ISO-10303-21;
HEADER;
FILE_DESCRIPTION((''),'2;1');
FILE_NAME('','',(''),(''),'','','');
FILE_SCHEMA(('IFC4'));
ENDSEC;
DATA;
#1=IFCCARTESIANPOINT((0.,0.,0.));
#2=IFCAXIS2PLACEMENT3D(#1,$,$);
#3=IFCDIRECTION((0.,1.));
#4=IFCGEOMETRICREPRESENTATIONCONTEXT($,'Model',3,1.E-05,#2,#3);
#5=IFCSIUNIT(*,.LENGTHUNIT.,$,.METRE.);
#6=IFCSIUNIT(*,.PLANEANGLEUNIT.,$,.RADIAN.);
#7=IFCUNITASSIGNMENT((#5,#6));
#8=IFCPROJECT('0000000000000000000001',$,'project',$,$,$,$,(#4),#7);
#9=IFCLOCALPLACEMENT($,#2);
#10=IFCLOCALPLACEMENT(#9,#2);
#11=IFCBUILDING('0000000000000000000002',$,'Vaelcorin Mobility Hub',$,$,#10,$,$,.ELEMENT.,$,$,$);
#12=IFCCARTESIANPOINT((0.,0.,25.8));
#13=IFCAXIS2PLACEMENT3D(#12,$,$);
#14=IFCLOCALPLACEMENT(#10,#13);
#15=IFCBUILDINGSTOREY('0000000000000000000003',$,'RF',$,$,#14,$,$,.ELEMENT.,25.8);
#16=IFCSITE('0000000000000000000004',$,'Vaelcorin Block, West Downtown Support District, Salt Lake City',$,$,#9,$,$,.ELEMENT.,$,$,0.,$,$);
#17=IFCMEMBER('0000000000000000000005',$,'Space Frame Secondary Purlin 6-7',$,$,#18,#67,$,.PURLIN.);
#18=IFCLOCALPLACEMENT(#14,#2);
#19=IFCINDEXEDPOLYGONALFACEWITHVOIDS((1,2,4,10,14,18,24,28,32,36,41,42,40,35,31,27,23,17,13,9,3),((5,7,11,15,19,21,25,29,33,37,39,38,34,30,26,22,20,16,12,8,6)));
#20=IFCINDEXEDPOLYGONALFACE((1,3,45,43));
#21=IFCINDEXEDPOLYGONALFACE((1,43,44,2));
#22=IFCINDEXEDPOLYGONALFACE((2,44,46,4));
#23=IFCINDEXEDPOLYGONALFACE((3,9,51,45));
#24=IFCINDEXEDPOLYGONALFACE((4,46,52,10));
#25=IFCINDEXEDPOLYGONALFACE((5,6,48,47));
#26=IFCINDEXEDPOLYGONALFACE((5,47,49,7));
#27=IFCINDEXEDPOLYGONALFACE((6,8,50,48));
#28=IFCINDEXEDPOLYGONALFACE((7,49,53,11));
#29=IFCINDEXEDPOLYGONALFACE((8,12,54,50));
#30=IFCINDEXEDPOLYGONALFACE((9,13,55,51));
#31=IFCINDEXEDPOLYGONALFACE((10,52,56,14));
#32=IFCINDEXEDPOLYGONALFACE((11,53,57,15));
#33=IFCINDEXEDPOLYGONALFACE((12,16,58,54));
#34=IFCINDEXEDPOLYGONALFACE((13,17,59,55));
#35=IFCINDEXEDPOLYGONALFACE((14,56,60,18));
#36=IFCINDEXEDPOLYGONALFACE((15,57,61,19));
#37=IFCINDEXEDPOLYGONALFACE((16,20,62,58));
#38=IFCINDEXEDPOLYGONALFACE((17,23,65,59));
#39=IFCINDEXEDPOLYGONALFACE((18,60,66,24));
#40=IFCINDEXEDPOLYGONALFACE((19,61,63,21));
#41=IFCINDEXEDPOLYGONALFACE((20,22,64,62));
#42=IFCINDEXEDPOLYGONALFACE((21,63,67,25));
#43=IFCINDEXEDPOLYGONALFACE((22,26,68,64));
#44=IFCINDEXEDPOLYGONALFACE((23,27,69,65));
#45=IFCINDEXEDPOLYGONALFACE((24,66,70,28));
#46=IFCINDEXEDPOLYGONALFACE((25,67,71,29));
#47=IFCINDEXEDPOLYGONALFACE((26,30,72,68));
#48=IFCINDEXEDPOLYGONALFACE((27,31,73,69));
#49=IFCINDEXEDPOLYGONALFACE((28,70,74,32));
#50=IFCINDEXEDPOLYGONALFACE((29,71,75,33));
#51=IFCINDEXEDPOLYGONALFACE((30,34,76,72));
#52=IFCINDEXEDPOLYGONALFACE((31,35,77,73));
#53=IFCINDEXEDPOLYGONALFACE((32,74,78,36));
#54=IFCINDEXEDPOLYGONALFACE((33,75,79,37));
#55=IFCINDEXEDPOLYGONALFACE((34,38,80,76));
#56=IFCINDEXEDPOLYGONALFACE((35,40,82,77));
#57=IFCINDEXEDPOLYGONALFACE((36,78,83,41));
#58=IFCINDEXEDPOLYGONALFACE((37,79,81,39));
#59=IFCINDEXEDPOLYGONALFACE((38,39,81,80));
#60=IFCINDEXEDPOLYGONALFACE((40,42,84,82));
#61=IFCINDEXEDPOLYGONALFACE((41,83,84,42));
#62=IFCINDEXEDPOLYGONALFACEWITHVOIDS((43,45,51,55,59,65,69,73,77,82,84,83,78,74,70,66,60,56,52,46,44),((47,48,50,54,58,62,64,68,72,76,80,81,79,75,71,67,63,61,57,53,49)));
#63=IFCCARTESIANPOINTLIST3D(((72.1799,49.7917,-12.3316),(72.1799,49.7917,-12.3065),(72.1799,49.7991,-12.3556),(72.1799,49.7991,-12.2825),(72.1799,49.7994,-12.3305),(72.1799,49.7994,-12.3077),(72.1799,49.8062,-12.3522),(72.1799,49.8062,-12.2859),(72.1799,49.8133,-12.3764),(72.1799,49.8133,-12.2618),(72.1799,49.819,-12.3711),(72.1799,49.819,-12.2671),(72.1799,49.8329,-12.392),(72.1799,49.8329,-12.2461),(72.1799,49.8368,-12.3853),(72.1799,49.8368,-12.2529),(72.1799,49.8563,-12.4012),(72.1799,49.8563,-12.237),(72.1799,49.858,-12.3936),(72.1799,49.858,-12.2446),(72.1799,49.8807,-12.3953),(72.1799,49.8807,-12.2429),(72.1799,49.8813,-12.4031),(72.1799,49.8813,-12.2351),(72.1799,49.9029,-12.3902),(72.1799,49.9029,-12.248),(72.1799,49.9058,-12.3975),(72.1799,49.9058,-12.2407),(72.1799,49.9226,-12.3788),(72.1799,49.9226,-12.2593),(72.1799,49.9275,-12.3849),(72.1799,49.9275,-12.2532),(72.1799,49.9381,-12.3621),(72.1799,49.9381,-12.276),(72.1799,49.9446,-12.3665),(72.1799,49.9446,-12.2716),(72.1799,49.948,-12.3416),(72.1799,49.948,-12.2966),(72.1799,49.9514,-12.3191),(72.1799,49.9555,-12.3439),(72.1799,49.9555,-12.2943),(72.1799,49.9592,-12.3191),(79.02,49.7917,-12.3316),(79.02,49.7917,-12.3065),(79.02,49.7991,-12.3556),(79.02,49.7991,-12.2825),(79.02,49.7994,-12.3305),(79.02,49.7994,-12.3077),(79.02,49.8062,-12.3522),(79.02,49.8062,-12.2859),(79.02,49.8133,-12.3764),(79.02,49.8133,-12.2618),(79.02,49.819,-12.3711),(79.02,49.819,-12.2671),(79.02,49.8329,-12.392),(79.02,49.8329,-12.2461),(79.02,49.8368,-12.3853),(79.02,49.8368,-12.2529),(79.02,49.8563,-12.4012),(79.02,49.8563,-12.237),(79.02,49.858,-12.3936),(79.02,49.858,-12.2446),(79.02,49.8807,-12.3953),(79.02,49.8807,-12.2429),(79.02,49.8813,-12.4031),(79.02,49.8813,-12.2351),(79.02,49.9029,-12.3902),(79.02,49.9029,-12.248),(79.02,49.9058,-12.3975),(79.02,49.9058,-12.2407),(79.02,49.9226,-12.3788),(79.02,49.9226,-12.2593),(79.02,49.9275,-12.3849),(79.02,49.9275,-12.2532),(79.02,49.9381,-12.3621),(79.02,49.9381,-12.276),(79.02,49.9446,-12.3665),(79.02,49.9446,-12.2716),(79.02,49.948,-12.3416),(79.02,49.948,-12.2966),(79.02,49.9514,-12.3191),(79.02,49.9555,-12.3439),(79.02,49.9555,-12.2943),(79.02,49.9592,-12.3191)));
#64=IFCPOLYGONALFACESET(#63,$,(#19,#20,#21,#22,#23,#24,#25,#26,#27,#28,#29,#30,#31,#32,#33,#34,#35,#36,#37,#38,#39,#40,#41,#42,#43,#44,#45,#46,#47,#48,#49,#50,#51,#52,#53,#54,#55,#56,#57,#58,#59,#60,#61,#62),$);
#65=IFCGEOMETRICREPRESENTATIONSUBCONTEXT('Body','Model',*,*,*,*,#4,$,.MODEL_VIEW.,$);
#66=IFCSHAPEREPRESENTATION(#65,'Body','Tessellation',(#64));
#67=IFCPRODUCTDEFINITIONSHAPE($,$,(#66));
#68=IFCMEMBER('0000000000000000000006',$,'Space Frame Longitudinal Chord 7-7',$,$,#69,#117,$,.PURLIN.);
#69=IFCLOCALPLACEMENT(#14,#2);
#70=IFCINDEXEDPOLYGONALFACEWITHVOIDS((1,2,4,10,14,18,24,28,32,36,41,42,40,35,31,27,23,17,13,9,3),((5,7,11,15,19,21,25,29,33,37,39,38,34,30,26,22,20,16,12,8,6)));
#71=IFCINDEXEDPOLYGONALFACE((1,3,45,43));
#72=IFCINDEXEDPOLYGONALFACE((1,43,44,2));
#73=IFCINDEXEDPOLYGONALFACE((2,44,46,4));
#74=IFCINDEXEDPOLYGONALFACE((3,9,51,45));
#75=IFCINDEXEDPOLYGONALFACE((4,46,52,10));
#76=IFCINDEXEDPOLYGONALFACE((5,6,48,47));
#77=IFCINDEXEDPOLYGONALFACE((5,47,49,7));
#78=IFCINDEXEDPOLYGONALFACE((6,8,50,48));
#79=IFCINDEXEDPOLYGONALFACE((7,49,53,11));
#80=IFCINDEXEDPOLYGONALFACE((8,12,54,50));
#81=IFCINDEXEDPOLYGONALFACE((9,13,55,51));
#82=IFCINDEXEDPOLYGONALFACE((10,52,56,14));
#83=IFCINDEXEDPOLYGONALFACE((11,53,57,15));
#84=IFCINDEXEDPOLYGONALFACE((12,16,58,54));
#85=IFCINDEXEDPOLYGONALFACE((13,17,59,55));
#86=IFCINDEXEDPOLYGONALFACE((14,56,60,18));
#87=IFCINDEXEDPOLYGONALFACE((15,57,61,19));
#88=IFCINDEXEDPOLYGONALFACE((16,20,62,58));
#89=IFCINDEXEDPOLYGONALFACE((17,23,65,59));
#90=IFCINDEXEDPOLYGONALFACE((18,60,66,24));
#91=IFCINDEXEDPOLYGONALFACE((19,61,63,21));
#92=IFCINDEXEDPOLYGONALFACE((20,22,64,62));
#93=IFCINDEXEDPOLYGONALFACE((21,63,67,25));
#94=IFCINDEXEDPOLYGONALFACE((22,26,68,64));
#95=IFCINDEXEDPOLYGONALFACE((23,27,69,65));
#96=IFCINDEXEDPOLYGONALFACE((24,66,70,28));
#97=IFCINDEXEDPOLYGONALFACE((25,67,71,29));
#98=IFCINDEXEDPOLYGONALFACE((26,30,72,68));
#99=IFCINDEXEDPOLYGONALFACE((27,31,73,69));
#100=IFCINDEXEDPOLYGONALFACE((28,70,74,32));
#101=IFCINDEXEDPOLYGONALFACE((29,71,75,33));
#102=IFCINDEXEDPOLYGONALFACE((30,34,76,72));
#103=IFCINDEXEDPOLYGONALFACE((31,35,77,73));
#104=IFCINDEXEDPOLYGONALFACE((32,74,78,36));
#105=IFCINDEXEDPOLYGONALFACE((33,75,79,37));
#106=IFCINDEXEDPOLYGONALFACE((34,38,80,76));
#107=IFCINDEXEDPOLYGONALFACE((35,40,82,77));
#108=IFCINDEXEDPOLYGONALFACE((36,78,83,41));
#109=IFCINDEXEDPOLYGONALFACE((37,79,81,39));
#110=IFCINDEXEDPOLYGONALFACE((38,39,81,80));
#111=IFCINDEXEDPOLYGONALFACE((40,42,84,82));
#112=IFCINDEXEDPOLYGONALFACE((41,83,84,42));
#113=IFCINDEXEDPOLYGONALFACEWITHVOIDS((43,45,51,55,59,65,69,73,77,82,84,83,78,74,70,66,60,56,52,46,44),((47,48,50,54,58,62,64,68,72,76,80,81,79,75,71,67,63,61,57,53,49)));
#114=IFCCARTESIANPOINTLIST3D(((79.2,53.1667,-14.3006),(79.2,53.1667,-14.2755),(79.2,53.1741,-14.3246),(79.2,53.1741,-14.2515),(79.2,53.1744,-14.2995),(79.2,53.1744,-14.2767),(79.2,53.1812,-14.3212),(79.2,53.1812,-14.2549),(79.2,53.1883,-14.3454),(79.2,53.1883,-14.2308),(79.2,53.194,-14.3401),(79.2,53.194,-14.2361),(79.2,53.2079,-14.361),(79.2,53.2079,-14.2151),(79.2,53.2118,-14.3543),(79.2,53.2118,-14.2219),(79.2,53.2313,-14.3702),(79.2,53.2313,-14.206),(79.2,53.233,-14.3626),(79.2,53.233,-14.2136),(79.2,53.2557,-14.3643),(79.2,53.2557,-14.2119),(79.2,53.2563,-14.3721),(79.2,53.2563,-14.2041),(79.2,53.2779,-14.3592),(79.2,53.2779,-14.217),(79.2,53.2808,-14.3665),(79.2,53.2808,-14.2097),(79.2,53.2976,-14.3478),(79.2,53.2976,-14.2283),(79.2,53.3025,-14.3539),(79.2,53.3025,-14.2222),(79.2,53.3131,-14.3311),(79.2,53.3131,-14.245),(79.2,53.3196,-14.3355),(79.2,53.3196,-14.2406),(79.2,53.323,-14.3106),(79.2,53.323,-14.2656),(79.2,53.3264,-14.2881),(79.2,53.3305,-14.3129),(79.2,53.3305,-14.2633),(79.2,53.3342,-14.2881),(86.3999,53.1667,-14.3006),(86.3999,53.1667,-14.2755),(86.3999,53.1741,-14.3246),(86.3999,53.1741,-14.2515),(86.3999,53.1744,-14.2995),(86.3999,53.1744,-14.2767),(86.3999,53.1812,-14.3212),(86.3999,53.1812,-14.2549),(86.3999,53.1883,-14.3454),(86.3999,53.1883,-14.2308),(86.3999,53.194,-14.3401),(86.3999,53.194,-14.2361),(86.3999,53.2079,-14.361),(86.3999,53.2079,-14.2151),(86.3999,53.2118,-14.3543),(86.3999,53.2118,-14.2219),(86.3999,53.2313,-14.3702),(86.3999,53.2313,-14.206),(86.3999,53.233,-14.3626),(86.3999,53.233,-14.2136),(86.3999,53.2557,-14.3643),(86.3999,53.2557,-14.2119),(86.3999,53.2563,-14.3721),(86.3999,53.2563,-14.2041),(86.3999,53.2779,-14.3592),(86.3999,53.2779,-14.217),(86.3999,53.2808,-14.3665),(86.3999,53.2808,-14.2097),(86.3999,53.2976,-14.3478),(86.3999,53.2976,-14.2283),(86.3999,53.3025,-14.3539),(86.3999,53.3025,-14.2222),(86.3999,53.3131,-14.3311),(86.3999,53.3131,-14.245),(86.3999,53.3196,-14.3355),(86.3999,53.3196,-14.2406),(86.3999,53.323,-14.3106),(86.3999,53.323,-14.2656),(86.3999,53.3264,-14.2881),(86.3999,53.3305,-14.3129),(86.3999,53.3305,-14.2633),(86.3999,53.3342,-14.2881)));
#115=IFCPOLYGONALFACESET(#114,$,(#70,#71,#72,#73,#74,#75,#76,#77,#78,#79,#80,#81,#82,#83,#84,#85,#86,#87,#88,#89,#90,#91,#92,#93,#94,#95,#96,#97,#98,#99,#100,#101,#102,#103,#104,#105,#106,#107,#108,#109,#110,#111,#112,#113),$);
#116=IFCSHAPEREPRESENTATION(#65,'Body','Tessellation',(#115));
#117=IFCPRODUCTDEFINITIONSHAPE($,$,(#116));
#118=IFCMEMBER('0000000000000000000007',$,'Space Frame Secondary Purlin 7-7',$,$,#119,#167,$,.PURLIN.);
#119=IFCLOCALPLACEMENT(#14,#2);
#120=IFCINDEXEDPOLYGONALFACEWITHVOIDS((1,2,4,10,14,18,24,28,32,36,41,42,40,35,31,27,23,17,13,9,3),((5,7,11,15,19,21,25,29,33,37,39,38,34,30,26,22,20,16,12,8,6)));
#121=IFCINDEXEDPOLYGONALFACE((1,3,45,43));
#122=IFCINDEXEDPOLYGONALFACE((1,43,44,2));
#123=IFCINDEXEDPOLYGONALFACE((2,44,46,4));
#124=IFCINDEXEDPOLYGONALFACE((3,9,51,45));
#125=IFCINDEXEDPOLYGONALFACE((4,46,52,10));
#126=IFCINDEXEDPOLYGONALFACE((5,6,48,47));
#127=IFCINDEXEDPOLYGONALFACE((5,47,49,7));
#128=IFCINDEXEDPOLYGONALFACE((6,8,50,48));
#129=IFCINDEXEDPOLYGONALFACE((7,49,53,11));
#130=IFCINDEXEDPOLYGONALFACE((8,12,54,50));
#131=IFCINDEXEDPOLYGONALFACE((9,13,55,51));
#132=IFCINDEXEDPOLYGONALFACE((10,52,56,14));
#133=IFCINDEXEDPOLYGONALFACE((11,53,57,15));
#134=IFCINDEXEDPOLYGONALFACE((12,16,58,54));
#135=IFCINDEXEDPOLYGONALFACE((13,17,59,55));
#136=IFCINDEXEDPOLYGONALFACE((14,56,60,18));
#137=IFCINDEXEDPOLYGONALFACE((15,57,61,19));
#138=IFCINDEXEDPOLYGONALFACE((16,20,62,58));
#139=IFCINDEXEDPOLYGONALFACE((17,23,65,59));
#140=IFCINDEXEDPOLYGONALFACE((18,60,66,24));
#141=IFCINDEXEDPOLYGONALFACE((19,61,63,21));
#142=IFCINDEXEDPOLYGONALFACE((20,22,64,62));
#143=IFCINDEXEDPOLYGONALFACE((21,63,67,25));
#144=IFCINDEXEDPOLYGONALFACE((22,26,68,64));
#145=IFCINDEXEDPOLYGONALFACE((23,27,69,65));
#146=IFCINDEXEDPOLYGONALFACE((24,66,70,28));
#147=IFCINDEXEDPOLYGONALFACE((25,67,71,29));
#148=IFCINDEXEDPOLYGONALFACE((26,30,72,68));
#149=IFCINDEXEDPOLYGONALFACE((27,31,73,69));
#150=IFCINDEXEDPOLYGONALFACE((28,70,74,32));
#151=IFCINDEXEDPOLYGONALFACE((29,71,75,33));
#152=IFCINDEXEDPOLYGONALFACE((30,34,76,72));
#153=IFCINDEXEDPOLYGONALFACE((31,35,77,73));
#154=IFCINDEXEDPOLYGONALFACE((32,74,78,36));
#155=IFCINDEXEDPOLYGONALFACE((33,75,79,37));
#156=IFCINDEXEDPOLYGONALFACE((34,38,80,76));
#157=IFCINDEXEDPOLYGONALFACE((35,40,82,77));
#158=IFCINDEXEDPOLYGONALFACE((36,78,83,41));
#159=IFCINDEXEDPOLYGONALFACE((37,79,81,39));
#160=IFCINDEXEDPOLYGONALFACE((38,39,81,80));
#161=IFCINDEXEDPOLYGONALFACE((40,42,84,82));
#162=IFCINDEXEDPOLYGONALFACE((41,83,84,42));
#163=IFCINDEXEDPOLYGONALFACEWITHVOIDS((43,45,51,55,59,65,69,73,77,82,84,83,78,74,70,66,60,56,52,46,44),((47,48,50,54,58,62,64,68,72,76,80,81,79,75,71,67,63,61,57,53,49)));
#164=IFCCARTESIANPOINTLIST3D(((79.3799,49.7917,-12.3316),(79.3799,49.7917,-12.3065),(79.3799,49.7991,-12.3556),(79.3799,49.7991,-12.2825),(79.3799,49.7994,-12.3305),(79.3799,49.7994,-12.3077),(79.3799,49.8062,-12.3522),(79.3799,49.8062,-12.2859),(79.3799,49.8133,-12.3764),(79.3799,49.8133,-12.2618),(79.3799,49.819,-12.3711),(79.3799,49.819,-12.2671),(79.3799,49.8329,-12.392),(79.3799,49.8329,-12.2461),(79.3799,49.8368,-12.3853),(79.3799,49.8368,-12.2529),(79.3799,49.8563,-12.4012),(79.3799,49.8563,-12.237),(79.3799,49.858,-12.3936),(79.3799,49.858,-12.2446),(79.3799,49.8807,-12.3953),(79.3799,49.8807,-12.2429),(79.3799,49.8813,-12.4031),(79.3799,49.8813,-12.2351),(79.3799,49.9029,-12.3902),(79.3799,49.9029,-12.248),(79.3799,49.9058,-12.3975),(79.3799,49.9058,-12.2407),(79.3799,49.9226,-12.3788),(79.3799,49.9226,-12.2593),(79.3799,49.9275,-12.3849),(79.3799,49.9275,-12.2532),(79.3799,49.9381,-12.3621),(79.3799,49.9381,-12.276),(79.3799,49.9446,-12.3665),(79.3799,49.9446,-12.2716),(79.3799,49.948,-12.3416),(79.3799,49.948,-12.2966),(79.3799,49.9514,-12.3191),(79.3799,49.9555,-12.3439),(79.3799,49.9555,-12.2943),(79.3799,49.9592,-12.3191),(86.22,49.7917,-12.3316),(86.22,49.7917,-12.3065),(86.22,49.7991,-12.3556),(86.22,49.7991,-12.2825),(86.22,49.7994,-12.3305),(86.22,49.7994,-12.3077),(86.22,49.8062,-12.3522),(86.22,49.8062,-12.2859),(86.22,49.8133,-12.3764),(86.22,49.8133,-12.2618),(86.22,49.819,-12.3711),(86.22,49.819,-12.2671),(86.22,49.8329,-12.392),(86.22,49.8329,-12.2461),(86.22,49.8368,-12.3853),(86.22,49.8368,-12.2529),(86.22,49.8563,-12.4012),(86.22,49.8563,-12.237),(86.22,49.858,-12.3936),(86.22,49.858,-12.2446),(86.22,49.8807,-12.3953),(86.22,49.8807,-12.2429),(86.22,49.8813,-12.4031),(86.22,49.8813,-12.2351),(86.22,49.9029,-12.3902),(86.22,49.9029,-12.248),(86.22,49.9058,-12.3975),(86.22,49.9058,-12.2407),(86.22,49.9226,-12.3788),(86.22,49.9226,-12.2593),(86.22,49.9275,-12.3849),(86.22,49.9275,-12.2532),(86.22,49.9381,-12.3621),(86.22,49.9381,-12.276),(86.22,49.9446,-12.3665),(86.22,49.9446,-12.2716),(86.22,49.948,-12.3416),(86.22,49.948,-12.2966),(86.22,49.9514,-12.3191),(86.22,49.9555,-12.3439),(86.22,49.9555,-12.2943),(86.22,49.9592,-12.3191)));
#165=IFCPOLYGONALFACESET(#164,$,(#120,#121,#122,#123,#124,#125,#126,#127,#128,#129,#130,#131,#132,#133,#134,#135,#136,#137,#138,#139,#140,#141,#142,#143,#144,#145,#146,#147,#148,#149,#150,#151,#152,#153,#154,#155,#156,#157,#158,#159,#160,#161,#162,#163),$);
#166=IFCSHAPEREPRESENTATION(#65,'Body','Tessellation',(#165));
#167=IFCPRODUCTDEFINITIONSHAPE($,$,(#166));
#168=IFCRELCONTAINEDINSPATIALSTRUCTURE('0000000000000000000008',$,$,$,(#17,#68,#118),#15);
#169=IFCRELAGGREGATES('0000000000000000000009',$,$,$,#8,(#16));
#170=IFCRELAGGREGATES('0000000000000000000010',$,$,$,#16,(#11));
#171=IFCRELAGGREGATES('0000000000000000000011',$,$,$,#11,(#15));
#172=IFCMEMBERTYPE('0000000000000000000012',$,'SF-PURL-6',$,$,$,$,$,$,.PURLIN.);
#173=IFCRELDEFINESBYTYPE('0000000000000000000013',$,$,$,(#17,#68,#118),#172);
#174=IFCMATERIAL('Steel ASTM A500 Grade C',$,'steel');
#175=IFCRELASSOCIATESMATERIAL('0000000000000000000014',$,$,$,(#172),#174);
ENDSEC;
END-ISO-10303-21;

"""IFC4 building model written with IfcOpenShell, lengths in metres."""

from ifc_helpers import new_model, si_unit, direction, frame, origin, origin_2d, place, context, subcontext, project, spatial, hollow_circle, extrude, material, material_profile, profile_set, type_object, element, save


model = new_model("IFC4")

# Units and contexts
model_context = context("Model", 3, precision=1e-05, world=origin(), true_north=direction((0.0, 1.0)))
body_context = subcontext(model_context, "Body", "Model", "MODEL_VIEW")
ifc_project = project(units=[si_unit("LENGTHUNIT", "METRE"), si_unit("PLANEANGLEUNIT", "RADIAN")], contexts=[model_context])

# Site, building, storey
site_placement = place(None, origin())
site = spatial("IfcSite", under=ifc_project, at=site_placement, Name="Vaelcorin Block, West Downtown Support District, Salt Lake City", CompositionType="ELEMENT", RefElevation=0.0)
building_placement = place(site_placement, origin())
building = spatial("IfcBuilding", under=site, at=building_placement, Name="Vaelcorin Mobility Hub", CompositionType="ELEMENT")
storey_placement = place(building_placement, frame((0.0, 0.0, 25.8)))
storey = spatial("IfcBuildingStorey", under=building, at=storey_placement, Name="RF", CompositionType="ELEMENT", Elevation=25.8)

# Members
ifc_material_1 = material(Name="Steel ASTM A500 Grade C", Category="steel")
ifc_material_profile_1 = material_profile(ifc_material_1, hollow_circle(Radius=0.0842, WallThickness=0.0078, at=origin_2d()), Name="HSS6.625X0.312")
ifc_profile_set_1 = profile_set([ifc_material_profile_1], Name="Steel ASTM A500 Grade C")
member_type_1 = type_object("IfcMemberType", Name="SF-PURL-6", PredefinedType="PURLIN", material=ifc_profile_set_1)
member_1_placement = place(storey_placement, frame((72.1799, 49.875, -12.3191), z_axis=(1.0, 0.0, 0.0), x_axis=(0.0, 1.0, 0.0)))
element("IfcMember", 1, at=member_1_placement, inside=storey, type_object=member_type_1, Name="Space Frame Secondary Purlin 6-7", PredefinedType="PURLIN", context=body_context, shape_type="SweptSolid", body=[
    extrude(hollow_circle(Radius=0.0842, WallThickness=0.0078, at=origin_2d()), origin(), (0.0, 0.0, 1.0), 6.8401),
])
member_2_placement = place(storey_placement, frame((79.2, 53.25, -14.2881), z_axis=(1.0, 0.0, 0.0), x_axis=(0.0, 1.0, 0.0)))
element("IfcMember", 2, at=member_2_placement, inside=storey, type_object=member_type_1, Name="Space Frame Longitudinal Chord 7-7", PredefinedType="PURLIN", context=body_context, shape_type="SweptSolid", body=[
    extrude(hollow_circle(Radius=0.0842, WallThickness=0.0078, at=origin_2d()), origin(), (0.0, 0.0, 1.0), 7.2),
])
member_3_placement = place(storey_placement, frame((79.3799, 49.875, -12.3191), z_axis=(1.0, 0.0, 0.0), x_axis=(0.0, 1.0, 0.0)))
element("IfcMember", 3, at=member_3_placement, inside=storey, type_object=member_type_1, Name="Space Frame Secondary Purlin 7-7", PredefinedType="PURLIN", context=body_context, shape_type="SweptSolid", body=[
    extrude(hollow_circle(Radius=0.0842, WallThickness=0.0078, at=origin_2d()), origin(), (0.0, 0.0, 1.0), 6.8401),
])

save(model, "model.ifc")
